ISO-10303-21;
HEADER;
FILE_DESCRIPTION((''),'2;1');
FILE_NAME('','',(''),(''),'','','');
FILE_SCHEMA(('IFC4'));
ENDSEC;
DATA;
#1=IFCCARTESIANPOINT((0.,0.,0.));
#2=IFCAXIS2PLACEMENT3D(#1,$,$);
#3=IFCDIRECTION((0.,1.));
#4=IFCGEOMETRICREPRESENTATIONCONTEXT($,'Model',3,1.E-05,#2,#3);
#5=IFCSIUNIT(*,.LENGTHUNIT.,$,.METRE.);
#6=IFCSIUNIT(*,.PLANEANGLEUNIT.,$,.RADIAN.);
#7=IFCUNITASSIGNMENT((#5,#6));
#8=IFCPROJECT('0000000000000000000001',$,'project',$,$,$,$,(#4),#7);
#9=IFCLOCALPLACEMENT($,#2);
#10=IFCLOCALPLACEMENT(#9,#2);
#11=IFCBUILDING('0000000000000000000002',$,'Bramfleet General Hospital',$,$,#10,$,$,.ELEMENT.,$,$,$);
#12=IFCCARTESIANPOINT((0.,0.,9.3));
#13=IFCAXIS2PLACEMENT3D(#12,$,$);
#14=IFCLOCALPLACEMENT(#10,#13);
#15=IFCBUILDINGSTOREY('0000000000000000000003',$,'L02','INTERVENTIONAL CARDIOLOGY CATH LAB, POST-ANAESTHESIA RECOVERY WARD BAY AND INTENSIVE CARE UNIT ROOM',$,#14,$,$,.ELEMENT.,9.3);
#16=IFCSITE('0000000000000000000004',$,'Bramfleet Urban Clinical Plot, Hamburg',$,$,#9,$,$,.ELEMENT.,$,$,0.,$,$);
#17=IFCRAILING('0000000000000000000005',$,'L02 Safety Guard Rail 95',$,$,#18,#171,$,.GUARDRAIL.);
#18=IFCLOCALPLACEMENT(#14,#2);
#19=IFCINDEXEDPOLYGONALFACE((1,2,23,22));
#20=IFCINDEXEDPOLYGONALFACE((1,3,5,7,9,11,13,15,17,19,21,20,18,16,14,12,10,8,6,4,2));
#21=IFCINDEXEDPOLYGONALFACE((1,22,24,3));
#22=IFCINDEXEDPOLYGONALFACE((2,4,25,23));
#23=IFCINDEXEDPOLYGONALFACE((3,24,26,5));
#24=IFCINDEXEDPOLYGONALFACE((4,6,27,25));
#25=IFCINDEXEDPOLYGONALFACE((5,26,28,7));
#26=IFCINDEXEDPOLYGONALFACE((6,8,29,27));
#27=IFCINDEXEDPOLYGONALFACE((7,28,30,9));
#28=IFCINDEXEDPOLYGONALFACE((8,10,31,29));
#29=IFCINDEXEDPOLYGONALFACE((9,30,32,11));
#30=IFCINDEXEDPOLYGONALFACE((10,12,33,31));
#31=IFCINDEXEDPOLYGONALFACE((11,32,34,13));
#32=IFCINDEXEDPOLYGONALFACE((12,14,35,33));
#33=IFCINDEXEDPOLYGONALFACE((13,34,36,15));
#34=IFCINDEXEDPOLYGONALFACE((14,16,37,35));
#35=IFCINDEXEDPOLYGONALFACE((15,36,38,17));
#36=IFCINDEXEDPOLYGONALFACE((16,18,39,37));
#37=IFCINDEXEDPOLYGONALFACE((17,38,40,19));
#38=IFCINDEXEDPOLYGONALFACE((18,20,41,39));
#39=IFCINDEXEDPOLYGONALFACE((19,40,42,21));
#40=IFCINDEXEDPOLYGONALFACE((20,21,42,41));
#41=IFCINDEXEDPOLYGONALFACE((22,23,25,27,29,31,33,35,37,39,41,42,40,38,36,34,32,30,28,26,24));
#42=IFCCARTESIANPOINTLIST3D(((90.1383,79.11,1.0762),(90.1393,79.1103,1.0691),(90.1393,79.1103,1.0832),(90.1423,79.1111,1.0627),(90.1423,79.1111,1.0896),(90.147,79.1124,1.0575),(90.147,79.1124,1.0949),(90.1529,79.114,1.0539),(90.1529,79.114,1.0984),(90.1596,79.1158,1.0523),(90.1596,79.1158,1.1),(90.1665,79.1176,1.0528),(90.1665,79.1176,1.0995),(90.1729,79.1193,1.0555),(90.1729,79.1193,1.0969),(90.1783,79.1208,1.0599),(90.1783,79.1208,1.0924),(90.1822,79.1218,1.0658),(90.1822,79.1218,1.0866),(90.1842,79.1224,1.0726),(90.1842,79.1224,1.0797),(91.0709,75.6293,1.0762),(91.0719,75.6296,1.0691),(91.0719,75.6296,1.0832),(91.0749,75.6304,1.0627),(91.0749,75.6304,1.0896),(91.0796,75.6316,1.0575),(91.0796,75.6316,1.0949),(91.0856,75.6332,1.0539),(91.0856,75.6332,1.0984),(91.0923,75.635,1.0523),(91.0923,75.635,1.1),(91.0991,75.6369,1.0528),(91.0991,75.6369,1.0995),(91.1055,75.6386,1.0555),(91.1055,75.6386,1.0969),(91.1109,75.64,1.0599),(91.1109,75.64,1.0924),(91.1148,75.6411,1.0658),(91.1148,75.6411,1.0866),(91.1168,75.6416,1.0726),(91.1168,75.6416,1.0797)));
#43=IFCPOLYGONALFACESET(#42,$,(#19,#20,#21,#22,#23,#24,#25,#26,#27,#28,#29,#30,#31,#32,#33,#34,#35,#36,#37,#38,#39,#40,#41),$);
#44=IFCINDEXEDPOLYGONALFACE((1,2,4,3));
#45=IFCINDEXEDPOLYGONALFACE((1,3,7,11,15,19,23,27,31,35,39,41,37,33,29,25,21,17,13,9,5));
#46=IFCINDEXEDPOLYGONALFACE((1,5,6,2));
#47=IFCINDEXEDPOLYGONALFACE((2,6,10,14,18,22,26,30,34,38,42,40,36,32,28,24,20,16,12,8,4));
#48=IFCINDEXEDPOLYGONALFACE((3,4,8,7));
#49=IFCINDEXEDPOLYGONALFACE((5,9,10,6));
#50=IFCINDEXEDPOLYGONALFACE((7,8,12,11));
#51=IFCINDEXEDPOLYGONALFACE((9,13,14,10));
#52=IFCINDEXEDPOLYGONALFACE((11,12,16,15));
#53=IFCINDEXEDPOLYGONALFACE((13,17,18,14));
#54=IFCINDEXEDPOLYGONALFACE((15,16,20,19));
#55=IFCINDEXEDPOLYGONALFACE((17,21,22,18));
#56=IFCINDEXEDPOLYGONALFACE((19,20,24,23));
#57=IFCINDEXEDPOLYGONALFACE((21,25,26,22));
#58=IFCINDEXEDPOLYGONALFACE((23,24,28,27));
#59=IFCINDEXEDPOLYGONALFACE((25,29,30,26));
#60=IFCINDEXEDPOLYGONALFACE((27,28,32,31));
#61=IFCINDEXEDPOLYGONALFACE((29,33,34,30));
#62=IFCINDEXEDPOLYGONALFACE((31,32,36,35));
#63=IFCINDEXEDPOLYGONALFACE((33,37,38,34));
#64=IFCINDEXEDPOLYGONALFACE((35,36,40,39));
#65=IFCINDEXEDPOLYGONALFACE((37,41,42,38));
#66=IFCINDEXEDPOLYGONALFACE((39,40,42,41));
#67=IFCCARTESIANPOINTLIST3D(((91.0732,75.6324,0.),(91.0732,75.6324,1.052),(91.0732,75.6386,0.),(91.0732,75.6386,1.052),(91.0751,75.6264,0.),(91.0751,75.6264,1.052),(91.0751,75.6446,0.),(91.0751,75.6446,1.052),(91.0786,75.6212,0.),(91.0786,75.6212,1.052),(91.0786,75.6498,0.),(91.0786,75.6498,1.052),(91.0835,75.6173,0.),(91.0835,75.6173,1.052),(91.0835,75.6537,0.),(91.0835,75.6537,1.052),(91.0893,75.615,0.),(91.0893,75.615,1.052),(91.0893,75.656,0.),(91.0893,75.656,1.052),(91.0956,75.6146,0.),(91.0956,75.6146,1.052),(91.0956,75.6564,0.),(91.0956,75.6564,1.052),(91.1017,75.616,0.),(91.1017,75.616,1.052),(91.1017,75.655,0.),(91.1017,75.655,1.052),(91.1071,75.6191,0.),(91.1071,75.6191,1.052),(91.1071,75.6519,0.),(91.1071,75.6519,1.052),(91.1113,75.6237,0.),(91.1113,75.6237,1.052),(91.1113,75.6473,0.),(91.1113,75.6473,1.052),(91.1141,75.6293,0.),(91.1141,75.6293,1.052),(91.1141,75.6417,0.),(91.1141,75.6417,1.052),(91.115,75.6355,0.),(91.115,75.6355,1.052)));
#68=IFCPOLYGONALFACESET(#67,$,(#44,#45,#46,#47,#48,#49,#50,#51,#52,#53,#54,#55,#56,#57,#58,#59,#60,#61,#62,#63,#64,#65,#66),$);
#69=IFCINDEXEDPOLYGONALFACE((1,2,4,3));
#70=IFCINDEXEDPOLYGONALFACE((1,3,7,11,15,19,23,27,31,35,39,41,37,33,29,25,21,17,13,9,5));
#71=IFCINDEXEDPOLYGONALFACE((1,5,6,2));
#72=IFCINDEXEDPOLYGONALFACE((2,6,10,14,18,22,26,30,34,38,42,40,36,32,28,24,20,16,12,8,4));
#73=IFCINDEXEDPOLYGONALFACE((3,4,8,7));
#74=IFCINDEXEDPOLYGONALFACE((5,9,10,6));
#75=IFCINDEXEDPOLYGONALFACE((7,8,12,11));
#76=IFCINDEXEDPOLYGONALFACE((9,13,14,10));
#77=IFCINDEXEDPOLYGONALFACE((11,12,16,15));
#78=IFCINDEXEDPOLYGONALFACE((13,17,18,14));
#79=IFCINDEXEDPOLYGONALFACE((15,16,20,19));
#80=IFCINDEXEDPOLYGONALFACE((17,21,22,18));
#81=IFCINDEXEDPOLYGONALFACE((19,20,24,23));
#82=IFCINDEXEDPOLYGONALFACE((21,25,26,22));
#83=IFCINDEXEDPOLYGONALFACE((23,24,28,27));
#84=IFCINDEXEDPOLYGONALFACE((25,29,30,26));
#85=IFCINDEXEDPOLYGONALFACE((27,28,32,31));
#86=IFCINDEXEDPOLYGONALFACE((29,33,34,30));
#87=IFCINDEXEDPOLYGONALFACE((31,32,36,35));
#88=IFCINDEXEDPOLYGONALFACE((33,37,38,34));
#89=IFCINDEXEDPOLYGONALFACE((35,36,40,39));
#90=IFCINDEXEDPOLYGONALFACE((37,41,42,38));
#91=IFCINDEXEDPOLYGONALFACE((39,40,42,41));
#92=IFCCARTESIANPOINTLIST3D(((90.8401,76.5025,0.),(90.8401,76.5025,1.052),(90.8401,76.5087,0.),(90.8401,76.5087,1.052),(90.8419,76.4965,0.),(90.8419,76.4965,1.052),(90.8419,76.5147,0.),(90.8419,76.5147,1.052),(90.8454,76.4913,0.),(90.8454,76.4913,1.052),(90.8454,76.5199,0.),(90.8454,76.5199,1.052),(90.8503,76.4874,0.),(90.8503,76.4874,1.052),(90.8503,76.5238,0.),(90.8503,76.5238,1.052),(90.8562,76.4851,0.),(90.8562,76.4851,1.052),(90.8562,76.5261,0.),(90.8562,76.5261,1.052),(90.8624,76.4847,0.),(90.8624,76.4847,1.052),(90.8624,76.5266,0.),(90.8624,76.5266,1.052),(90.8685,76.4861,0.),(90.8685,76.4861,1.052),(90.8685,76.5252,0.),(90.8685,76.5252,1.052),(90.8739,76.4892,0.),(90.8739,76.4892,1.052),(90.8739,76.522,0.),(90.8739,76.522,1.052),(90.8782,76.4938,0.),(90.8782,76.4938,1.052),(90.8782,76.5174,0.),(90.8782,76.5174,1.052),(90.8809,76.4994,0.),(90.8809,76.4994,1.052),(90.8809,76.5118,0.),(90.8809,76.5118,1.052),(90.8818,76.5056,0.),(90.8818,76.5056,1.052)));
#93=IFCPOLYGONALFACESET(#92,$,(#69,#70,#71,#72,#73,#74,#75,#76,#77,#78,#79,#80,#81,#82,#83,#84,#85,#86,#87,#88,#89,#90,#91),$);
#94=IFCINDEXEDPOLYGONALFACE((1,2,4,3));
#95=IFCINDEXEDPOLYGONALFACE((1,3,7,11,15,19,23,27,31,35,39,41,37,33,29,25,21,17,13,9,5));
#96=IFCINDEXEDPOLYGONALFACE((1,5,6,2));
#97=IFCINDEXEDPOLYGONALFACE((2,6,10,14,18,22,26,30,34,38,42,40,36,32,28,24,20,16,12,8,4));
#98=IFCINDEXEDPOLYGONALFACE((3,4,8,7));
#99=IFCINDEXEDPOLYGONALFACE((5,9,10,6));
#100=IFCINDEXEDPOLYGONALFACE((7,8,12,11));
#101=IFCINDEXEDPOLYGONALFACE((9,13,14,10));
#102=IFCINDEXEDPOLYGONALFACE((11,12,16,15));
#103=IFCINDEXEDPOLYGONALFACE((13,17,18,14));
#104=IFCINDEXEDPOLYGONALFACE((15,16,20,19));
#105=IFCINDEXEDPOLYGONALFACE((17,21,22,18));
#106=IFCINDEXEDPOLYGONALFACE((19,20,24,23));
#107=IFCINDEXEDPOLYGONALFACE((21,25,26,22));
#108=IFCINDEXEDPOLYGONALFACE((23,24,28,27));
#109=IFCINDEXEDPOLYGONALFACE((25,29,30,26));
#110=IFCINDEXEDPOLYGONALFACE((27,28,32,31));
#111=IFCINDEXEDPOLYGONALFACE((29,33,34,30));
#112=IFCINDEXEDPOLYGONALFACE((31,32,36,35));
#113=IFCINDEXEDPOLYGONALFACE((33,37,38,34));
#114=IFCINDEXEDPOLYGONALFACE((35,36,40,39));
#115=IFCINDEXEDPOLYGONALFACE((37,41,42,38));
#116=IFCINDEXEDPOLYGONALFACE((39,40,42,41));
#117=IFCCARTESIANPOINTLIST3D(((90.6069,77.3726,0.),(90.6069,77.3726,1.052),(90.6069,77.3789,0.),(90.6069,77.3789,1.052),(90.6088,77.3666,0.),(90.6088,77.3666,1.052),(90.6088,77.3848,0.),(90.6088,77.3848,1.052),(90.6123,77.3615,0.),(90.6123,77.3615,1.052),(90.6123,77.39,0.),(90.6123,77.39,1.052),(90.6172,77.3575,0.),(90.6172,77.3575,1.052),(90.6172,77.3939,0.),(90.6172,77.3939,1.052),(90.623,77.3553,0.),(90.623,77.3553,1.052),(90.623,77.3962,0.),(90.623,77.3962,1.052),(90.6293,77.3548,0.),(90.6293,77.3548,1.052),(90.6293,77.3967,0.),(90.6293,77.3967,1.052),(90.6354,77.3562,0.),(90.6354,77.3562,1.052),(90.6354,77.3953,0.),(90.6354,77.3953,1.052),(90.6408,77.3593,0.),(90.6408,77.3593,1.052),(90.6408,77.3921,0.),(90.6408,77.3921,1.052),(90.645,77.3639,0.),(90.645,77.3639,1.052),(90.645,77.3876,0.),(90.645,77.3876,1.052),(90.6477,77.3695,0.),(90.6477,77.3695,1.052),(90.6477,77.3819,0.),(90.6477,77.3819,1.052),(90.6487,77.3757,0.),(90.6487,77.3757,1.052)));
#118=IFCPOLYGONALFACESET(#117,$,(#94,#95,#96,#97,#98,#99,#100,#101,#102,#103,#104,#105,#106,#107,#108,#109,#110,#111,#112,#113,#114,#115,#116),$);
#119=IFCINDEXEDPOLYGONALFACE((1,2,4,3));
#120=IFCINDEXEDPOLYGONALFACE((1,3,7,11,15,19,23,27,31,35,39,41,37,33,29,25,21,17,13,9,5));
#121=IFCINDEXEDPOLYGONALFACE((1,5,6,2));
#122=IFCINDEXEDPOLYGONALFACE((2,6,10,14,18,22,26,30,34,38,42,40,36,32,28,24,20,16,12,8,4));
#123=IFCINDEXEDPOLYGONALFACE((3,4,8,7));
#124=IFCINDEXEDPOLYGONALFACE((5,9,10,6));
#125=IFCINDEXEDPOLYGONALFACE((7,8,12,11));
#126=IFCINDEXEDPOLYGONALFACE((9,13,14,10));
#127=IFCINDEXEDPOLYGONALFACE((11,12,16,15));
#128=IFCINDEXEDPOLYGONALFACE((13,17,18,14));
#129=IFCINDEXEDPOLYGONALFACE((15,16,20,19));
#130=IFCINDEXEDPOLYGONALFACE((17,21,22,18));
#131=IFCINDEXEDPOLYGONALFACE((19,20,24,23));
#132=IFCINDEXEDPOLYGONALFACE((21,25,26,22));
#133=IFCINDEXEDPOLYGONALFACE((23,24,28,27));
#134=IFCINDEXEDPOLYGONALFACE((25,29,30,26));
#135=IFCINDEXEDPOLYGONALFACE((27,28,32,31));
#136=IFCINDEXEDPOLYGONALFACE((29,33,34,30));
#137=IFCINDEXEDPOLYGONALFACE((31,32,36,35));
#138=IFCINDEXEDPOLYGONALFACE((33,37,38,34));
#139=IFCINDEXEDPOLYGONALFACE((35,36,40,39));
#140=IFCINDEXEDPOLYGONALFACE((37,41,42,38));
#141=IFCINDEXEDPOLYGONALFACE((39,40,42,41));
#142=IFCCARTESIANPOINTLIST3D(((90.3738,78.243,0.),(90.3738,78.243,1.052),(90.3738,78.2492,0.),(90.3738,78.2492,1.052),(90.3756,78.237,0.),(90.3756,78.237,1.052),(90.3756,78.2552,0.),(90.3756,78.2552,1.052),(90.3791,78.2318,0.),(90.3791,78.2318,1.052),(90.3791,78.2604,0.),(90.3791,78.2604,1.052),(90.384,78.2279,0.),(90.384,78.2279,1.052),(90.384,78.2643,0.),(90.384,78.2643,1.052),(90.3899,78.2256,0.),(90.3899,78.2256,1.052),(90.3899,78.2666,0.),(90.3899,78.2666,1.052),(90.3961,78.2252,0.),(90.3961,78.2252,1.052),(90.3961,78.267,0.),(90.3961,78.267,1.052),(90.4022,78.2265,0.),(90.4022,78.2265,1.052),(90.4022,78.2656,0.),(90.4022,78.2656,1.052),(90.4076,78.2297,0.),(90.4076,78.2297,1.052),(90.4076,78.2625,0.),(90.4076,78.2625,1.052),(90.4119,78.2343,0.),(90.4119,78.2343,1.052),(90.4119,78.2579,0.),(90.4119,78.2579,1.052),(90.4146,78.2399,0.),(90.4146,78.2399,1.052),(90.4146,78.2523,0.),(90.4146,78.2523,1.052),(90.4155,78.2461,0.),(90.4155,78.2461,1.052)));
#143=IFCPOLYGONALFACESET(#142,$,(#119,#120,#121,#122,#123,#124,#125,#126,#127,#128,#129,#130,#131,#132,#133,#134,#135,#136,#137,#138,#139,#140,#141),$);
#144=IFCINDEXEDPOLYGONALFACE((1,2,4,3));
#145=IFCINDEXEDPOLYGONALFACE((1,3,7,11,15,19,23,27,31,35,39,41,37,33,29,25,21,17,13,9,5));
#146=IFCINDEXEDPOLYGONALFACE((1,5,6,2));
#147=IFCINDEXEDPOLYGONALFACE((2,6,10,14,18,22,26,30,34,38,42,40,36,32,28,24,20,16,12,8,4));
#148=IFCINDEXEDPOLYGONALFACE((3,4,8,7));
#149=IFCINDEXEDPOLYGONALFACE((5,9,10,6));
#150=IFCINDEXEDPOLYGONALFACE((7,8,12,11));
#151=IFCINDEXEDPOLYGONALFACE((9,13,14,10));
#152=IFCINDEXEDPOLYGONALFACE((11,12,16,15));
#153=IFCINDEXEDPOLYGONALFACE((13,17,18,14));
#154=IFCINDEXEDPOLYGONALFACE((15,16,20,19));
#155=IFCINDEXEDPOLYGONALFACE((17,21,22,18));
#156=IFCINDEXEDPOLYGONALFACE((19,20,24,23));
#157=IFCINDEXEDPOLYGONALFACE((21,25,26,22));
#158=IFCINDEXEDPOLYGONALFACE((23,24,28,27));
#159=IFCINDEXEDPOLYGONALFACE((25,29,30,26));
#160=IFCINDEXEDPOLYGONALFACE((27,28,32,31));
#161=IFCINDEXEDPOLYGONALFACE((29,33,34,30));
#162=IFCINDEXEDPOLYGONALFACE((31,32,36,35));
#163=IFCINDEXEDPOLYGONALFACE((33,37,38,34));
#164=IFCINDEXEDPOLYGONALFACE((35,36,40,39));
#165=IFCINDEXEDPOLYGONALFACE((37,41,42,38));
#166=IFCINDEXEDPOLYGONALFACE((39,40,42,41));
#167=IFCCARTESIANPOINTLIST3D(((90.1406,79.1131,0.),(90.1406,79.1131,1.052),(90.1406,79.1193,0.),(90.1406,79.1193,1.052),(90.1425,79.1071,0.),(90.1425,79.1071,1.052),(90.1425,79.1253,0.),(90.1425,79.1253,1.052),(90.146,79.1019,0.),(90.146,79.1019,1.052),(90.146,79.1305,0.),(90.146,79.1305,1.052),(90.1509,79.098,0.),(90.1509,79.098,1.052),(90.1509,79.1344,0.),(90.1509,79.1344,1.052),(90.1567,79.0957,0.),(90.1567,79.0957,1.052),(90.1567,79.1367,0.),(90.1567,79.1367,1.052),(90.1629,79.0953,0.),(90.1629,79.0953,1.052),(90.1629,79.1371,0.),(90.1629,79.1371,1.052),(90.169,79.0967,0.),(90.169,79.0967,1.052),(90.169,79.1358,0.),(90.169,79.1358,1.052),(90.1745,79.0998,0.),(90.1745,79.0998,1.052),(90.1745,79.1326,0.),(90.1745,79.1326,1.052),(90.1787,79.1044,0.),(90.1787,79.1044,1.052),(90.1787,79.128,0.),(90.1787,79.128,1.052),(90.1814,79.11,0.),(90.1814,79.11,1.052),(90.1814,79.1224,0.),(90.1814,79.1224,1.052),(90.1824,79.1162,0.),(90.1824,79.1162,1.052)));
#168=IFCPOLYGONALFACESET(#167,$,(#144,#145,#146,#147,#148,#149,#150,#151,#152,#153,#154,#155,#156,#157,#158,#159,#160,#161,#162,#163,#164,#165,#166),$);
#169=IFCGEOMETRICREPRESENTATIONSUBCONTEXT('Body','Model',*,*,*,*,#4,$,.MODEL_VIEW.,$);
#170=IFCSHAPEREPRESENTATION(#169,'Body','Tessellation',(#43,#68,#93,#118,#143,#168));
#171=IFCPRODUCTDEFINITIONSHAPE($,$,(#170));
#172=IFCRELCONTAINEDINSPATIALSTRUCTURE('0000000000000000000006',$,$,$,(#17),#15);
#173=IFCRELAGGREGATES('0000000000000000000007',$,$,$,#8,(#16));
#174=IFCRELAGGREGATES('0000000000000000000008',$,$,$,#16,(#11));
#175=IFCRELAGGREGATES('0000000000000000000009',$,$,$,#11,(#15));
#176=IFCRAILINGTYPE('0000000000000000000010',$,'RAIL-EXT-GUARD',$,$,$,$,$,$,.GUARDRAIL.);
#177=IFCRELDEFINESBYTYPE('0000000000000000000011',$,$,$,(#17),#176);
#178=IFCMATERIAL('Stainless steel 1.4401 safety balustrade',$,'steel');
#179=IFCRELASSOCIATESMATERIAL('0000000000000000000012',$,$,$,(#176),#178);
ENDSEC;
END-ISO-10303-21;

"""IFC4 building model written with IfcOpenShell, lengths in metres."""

from ifc_helpers import new_model, si_unit, direction, frame, origin, origin_2d, place, context, subcontext, project, spatial, circle, extrude, material, type_object, element, save


model = new_model("IFC4")

# Units and contexts
model_context = context("Model", 3, precision=1e-05, world=origin(), true_north=direction((0.0, 1.0)))
body_context = subcontext(model_context, "Body", "Model", "MODEL_VIEW")
ifc_project = project(units=[si_unit("LENGTHUNIT", "METRE"), si_unit("PLANEANGLEUNIT", "RADIAN")], contexts=[model_context])

# Site, building, storey
site_placement = place(None, origin())
site = spatial("IfcSite", under=ifc_project, at=site_placement, Name="Bramfleet Urban Clinical Plot, Hamburg", CompositionType="ELEMENT", RefElevation=0.0)
building_placement = place(site_placement, origin())
building = spatial("IfcBuilding", under=site, at=building_placement, Name="Bramfleet General Hospital", CompositionType="ELEMENT")
storey_placement = place(building_placement, frame((0.0, 0.0, 9.3)))
storey = spatial("IfcBuildingStorey", under=building, at=storey_placement, Name="L02", Description="INTERVENTIONAL CARDIOLOGY CATH LAB, POST-ANAESTHESIA RECOVERY WARD BAY AND INTENSIVE CARE UNIT ROOM", CompositionType="ELEMENT", Elevation=9.3)

# Railing
ifc_material_1 = material(Name="Stainless steel 1.4401 safety balustrade", Category="steel")
railing_type = type_object("IfcRailingType", Name="RAIL-EXT-GUARD", PredefinedType="GUARDRAIL", material=ifc_material_1)
railing_placement = place(storey_placement, frame((91.094, 75.6355, 0.0)))
element("IfcRailing", 1, at=railing_placement, inside=storey, type_object=railing_type, Name="L02 Safety Guard Rail 95", PredefinedType="GUARDRAIL", context=body_context, shape_type="SweptSolid", body=[
    extrude(circle(Radius=0.0239, at=origin_2d()), frame((0.0, 0.0, 1.0762), z_axis=(-0.258809, 0.965928, 0.0), x_axis=(-0.965928, -0.258809, 0.0)), (0.0, 0.0, 1.0), 3.6035),
    extrude(circle(Radius=0.021, at=origin_2d()), origin(), (0.0, 0.0, 1.0), 1.052),
    extrude(circle(Radius=0.021, at=origin_2d()), frame((-0.2332, 0.8701, 0.0)), (0.0, 0.0, 1.0), 1.052),
    extrude(circle(Radius=0.021, at=origin_2d()), frame((-0.4663, 1.7402, 0.0)), (0.0, 0.0, 1.0), 1.052),
    extrude(circle(Radius=0.021, at=origin_2d()), frame((-0.6995, 2.6106, 0.0)), (0.0, 0.0, 1.0), 1.052),
    extrude(circle(Radius=0.021, at=origin_2d()), frame((-0.9326, 3.4807, 0.0)), (0.0, 0.0, 1.0), 1.052),
])

save(model, "model.ifc")
